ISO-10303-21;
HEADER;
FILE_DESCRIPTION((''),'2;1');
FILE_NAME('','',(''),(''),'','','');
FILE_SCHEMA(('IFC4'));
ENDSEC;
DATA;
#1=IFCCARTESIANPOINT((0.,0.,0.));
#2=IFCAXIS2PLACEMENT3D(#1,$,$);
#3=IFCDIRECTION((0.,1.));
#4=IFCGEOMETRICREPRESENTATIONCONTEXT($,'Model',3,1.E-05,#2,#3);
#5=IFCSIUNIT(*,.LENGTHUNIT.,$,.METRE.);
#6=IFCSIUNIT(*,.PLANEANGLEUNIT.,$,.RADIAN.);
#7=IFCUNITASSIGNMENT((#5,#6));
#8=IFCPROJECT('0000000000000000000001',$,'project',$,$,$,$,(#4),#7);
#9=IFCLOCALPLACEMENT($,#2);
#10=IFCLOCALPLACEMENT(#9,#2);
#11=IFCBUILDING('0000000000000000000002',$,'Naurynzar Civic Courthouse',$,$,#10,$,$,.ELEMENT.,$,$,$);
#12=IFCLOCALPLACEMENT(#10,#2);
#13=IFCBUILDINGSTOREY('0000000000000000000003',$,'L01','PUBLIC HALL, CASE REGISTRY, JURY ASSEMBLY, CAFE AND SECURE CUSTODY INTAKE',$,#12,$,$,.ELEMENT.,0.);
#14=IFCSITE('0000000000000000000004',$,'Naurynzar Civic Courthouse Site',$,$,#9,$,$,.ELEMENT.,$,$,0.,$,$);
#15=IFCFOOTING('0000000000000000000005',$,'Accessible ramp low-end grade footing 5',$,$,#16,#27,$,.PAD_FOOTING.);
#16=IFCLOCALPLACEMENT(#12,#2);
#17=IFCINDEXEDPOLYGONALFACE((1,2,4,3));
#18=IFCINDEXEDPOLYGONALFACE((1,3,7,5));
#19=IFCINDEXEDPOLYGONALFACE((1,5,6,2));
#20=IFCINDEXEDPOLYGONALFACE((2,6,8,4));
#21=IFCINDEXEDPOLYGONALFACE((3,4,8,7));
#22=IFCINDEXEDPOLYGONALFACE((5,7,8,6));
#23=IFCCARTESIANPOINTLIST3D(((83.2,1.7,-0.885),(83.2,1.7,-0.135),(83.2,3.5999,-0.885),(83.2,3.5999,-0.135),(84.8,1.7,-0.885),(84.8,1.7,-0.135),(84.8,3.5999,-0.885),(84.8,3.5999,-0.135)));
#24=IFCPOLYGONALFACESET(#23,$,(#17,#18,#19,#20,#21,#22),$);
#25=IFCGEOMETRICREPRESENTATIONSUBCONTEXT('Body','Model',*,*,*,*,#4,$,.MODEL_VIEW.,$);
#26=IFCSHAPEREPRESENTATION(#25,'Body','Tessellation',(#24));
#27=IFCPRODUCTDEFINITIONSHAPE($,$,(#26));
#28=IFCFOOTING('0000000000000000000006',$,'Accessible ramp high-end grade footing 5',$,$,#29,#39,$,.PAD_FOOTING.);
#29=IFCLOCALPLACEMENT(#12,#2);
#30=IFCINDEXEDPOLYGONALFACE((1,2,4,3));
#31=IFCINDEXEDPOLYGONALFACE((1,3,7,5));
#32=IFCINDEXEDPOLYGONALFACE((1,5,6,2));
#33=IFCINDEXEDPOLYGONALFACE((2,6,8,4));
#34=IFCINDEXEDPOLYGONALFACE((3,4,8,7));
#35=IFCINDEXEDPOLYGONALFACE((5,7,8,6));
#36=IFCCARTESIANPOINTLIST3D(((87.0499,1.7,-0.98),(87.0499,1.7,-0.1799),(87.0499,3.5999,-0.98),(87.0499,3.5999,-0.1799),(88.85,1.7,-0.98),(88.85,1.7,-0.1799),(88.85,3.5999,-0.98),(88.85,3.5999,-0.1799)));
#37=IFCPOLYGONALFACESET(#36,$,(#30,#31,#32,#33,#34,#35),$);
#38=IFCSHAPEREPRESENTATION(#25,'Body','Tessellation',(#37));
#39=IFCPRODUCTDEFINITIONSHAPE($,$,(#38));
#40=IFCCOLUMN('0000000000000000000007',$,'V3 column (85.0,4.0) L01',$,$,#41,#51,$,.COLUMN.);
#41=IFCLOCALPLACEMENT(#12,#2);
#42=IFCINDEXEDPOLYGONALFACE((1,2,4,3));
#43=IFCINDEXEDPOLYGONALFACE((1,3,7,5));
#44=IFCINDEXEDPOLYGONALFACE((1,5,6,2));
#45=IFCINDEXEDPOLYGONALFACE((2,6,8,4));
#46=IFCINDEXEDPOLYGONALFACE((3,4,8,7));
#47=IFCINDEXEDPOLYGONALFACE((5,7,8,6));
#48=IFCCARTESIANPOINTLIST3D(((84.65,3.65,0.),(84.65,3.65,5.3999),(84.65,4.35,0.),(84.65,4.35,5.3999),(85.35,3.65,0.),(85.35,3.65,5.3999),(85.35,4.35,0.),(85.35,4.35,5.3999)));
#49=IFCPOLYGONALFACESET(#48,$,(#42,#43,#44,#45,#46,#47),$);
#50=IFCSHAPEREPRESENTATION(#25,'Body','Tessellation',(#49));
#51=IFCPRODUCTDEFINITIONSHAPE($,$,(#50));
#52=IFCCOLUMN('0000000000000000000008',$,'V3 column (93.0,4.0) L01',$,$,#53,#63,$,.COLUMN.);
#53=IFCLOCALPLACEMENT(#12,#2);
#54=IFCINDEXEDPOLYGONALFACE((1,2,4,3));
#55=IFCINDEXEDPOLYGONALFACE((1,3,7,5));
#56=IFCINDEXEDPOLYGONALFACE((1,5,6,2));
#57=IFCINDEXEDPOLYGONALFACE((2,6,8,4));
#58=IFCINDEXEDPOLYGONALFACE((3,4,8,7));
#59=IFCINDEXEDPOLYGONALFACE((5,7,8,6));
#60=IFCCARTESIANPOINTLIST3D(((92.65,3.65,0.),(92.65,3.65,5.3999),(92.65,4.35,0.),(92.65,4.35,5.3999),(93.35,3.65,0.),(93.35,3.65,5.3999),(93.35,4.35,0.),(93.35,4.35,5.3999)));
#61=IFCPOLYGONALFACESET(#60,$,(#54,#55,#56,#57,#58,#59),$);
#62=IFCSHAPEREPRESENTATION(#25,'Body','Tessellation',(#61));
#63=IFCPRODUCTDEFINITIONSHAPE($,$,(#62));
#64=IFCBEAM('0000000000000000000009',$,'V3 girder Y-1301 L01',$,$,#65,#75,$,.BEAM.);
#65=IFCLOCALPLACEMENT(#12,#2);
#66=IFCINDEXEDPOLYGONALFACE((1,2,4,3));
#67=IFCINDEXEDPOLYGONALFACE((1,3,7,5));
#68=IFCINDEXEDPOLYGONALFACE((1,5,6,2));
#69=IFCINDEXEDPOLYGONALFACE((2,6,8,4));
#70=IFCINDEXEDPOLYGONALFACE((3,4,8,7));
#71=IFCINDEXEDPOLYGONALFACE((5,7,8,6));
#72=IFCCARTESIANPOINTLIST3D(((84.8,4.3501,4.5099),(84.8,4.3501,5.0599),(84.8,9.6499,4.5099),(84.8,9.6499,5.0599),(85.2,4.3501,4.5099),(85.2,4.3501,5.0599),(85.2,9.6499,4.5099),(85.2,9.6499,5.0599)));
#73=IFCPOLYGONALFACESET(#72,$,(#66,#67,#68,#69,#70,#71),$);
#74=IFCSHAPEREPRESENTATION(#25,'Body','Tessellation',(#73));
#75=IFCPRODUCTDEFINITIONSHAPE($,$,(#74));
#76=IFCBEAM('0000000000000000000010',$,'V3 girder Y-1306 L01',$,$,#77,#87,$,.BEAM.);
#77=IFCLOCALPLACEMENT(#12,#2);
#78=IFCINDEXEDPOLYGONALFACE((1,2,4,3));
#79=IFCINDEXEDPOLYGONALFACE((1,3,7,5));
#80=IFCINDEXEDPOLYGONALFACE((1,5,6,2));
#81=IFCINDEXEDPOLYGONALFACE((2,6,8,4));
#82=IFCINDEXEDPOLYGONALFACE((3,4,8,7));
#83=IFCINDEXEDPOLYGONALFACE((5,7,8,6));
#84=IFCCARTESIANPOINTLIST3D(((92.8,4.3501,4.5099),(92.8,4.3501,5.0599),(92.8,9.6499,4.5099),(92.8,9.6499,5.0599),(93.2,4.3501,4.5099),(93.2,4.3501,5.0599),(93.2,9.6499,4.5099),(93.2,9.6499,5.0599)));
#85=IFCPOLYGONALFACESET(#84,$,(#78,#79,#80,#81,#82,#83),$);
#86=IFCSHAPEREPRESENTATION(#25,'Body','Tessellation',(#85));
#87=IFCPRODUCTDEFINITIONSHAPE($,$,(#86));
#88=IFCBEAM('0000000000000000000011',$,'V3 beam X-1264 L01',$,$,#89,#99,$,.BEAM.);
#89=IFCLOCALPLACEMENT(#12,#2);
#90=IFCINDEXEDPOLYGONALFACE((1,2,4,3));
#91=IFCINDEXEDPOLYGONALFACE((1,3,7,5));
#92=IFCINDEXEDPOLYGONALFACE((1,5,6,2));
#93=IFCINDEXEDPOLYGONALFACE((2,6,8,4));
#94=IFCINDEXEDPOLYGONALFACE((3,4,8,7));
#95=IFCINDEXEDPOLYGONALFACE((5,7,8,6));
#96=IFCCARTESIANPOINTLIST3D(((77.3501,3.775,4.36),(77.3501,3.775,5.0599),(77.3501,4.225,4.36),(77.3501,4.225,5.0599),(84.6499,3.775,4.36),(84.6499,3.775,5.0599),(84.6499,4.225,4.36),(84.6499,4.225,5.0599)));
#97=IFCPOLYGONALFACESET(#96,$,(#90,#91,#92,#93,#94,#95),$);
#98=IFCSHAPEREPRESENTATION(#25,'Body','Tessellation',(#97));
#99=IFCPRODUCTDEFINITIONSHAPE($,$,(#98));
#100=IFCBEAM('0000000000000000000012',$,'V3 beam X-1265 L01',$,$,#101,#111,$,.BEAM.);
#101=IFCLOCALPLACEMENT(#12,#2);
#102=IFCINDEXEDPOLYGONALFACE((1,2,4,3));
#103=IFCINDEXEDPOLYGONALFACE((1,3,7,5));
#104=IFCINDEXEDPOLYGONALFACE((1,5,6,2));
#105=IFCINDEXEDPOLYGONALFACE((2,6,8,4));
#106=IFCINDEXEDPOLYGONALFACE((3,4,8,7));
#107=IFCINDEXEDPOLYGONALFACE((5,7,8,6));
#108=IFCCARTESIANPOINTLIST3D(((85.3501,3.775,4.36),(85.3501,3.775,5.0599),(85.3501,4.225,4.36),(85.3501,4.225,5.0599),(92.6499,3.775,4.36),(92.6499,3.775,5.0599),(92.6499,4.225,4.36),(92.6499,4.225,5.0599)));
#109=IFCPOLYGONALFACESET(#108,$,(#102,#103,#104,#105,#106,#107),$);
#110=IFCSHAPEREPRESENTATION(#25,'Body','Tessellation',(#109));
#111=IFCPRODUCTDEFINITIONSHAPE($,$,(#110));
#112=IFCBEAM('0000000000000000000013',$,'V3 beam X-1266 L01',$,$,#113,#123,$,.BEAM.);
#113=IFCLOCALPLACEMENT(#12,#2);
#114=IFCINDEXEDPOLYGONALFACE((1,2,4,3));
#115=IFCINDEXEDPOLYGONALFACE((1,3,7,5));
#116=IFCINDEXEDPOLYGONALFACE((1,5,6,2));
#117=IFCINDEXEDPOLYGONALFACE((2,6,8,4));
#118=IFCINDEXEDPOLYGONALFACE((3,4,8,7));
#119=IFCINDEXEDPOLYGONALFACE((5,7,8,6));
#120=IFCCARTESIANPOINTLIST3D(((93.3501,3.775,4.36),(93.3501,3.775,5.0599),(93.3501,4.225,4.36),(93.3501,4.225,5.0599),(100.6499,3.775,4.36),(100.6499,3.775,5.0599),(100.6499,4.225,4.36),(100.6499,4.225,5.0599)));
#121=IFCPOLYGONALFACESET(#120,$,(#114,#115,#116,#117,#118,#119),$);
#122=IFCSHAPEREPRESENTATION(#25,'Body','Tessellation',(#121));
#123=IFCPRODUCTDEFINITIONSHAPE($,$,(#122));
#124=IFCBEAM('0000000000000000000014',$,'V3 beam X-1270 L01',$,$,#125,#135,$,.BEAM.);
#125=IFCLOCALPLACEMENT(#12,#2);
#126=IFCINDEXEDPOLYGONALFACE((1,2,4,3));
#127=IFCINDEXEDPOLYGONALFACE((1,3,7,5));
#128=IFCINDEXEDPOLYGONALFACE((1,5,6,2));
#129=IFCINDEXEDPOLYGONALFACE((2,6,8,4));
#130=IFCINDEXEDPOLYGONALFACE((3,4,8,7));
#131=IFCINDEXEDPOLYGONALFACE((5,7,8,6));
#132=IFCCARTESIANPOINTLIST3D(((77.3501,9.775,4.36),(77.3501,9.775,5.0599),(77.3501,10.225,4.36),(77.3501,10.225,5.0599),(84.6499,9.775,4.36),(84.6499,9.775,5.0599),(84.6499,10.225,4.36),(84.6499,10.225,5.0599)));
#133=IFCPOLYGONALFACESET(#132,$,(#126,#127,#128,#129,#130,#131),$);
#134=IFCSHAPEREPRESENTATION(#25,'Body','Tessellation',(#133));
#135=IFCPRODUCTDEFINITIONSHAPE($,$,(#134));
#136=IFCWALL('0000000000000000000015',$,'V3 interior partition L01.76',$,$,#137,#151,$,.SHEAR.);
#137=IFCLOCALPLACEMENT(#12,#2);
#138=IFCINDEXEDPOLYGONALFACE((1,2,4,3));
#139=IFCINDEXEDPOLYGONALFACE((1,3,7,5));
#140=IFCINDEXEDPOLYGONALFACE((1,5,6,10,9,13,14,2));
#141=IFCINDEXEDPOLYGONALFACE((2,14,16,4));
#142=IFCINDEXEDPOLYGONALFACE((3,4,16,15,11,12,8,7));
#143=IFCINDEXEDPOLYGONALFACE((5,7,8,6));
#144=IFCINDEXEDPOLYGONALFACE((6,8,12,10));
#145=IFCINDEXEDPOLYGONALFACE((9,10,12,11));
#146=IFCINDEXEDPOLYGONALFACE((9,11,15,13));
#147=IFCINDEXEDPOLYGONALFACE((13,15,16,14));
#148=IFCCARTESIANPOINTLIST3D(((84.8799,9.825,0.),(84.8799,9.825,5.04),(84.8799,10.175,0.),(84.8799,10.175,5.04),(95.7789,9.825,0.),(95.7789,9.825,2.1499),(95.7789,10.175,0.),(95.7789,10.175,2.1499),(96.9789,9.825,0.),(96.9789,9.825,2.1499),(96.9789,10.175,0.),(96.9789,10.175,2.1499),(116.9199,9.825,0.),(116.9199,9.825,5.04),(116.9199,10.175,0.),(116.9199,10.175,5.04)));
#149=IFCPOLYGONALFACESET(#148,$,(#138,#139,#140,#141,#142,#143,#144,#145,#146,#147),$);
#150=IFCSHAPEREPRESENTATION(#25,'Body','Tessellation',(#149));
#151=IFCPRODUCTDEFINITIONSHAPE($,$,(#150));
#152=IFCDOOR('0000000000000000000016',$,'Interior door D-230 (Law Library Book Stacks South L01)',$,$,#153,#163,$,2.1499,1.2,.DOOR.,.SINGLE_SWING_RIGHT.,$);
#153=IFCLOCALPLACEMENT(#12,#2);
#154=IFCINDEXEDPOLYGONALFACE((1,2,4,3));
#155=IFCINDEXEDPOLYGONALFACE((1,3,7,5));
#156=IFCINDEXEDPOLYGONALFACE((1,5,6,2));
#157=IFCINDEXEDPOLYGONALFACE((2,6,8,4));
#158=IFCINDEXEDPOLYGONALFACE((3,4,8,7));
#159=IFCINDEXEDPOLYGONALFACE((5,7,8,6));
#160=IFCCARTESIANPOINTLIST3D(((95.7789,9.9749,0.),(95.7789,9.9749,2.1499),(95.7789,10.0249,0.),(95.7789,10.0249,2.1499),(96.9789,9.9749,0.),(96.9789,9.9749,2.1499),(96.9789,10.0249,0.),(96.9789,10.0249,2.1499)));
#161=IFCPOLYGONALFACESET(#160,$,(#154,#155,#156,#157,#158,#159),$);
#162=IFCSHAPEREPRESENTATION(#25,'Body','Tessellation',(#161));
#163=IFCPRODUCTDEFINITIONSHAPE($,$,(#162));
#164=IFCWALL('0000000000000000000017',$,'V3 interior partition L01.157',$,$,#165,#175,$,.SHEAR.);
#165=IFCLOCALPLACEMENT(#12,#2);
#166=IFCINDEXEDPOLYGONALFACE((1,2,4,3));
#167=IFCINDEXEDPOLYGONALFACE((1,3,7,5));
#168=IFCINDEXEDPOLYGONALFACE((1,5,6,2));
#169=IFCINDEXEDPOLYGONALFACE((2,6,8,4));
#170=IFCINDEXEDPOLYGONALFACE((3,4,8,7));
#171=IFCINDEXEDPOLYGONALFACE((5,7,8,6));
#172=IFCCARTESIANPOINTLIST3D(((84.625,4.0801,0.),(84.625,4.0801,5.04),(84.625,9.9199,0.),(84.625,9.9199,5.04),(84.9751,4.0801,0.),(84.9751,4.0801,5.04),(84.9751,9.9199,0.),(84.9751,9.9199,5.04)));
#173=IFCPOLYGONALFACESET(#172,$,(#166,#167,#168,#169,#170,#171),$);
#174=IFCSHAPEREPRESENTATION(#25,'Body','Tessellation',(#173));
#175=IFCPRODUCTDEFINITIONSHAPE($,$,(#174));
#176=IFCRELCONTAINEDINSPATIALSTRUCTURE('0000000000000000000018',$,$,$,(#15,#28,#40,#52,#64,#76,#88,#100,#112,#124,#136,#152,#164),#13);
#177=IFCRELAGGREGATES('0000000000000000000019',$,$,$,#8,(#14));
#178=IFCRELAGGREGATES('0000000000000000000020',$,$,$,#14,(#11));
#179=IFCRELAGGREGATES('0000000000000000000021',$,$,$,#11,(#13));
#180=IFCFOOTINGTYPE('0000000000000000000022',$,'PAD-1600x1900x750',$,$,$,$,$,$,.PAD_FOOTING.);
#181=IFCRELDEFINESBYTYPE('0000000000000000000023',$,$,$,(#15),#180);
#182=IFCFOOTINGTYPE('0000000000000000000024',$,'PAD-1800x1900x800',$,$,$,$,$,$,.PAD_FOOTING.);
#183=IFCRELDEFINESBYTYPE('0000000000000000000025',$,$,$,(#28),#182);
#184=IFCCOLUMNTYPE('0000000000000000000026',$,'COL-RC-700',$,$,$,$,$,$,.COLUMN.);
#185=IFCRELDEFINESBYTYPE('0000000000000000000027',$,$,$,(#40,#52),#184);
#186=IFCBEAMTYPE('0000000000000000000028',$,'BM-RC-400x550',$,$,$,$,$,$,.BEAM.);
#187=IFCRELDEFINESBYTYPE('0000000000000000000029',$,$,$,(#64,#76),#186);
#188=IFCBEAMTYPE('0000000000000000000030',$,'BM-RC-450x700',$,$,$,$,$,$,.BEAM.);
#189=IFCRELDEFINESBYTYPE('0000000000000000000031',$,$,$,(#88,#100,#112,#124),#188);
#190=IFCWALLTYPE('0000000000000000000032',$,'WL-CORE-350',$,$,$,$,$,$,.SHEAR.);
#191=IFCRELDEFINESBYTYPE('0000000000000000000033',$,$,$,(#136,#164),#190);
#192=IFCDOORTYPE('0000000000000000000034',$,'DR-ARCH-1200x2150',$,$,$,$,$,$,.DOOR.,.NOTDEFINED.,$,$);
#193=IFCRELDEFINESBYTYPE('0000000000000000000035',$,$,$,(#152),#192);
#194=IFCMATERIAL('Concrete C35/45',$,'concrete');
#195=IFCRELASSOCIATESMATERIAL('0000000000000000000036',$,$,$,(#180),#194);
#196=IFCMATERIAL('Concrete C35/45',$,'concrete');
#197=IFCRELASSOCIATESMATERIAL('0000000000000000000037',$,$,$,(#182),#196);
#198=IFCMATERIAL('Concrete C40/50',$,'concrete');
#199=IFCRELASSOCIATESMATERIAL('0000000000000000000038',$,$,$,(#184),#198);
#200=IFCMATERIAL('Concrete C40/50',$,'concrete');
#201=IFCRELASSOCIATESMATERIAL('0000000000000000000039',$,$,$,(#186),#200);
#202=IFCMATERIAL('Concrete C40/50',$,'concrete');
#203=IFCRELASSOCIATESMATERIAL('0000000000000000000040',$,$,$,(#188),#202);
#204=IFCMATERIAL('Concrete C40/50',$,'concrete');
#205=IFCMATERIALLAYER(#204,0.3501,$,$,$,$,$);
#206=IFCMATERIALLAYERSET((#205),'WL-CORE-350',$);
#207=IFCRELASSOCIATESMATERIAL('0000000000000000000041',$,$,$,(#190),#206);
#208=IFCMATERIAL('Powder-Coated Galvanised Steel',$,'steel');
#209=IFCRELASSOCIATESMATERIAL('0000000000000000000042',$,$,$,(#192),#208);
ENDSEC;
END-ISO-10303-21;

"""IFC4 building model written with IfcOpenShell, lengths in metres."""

from ifc_helpers import new_model, si_unit, direction, frame, frame_2d, origin, origin_2d, place, context, subcontext, project, spatial, rectangle, extrude, material, layer, layer_set, material_profile, profile_set, type_object, element, fill, save


model = new_model("IFC4")

# Units and contexts
model_context = context("Model", 3, precision=1e-05, world=origin(), true_north=direction((0.0, 1.0)))
body_context = subcontext(model_context, "Body", "Model", "MODEL_VIEW")
ifc_project = project(units=[si_unit("LENGTHUNIT", "METRE"), si_unit("PLANEANGLEUNIT", "RADIAN")], contexts=[model_context])

# Site, building, storey
site_placement = place(None, origin())
site = spatial("IfcSite", under=ifc_project, at=site_placement, Name="Naurynzar Civic Courthouse Site", CompositionType="ELEMENT", RefElevation=0.0)
building_placement = place(site_placement, origin())
building = spatial("IfcBuilding", under=site, at=building_placement, Name="Naurynzar Civic Courthouse", CompositionType="ELEMENT")
storey_placement = place(building_placement, origin())
storey = spatial("IfcBuildingStorey", under=building, at=storey_placement, Name="L01", Description="PUBLIC HALL, CASE REGISTRY, JURY ASSEMBLY, CAFE AND SECURE CUSTODY INTAKE", CompositionType="ELEMENT", Elevation=0.0)

# Footings
ifc_material_1 = material(Name="Concrete C35/45", Category="concrete")
footing_type_1 = type_object("IfcFootingType", Name="PAD-1600x1900x750", PredefinedType="PAD_FOOTING", material=ifc_material_1)
footing_1_placement = place(storey_placement, frame((84.0, 2.6499, -0.885), z_axis=(0.0, 0.0, 1.0), x_axis=(1.0, 0.0, 0.0)))
element("IfcFooting", 1, at=footing_1_placement, inside=storey, type_object=footing_type_1, Name="Accessible ramp low-end grade footing 5", PredefinedType="PAD_FOOTING", context=body_context, shape_type="SweptSolid", body=[
    extrude(rectangle(XDim=1.6001, YDim=1.8999, at=origin_2d()), origin(), (0.0, 0.0, 1.0), 0.75),
])
ifc_material_2 = material(Name="Concrete C35/45", Category="concrete")
footing_type_2 = type_object("IfcFootingType", Name="PAD-1800x1900x800", PredefinedType="PAD_FOOTING", material=ifc_material_2)
footing_2_placement = place(storey_placement, frame((87.95, 2.6499, -0.98), z_axis=(0.0, 0.0, 1.0), x_axis=(1.0, 0.0, 0.0)))
element("IfcFooting", 2, at=footing_2_placement, inside=storey, type_object=footing_type_2, Name="Accessible ramp high-end grade footing 5", PredefinedType="PAD_FOOTING", context=body_context, shape_type="SweptSolid", body=[
    extrude(rectangle(XDim=1.8, YDim=1.8999, at=origin_2d()), origin(), (0.0, 0.0, 1.0), 0.8),
])

# Columns
ifc_material_3 = material(Name="Concrete C40/50", Category="concrete")
ifc_material_profile_1 = material_profile(ifc_material_3, rectangle(XDim=0.7, YDim=0.7, at=origin_2d()), Name="RC 700x700")
ifc_profile_set_1 = profile_set([ifc_material_profile_1], Name="Concrete C40/50")
column_type = type_object("IfcColumnType", Name="COL-RC-700", PredefinedType="COLUMN", material=ifc_profile_set_1)
for number, where, z_axis, x_axis, name in (
    (3, (85.0, 4.0, 0.0), (0.0, 0.0, 1.0), (1.0, 0.0, 0.0), "V3 column (85.0,4.0) L01"),
    (4, (93.0, 4.0, 0.0), (0.0, 0.0, 1.0), (1.0, 0.0, 0.0), "V3 column (93.0,4.0) L01"),
):
    element("IfcColumn", number, at=place(storey_placement, frame(where, z_axis=z_axis, x_axis=x_axis)), inside=storey, type_object=column_type, Name=name, PredefinedType="COLUMN", context=body_context, shape_type="SweptSolid", body=[
        extrude(rectangle(XDim=0.7, YDim=0.7, at=origin_2d()), origin(), (0.0, 0.0, 1.0), 5.3999),
    ])

# Beams
ifc_material_4 = material(Name="Concrete C40/50", Category="concrete")
ifc_material_profile_2 = material_profile(ifc_material_4, rectangle(XDim=0.3999, YDim=0.55, at=origin_2d()), Name="RCB 400x550")
ifc_profile_set_2 = profile_set([ifc_material_profile_2], Name="Concrete C40/50")
beam_type_1 = type_object("IfcBeamType", Name="BM-RC-400x550", PredefinedType="BEAM", material=ifc_profile_set_2)
for number, where, z_axis, x_axis, name in (
    (5, (85.0, 4.3501, 4.7849), (0.0, 1.0, 0.0), (-1.0, 0.0, 0.0), "V3 girder Y-1301 L01"),
    (6, (93.0, 4.3501, 4.7849), (0.0, 1.0, 0.0), (-1.0, 0.0, 0.0), "V3 girder Y-1306 L01"),
):
    element("IfcBeam", number, at=place(storey_placement, frame(where, z_axis=z_axis, x_axis=x_axis)), inside=storey, type_object=beam_type_1, Name=name, PredefinedType="BEAM", context=body_context, shape_type="SweptSolid", body=[
        extrude(rectangle(XDim=0.3999, YDim=0.55, at=origin_2d()), origin(), (0.0, 0.0, 1.0), 5.2998),
    ])
ifc_material_5 = material(Name="Concrete C40/50", Category="concrete")
ifc_material_profile_3 = material_profile(ifc_material_5, rectangle(XDim=0.45, YDim=0.7, at=origin_2d()), Name="RCB 450x700")
ifc_profile_set_3 = profile_set([ifc_material_profile_3], Name="Concrete C40/50")
beam_type_2 = type_object("IfcBeamType", Name="BM-RC-450x700", PredefinedType="BEAM", material=ifc_profile_set_3)
for number, where, z_axis, x_axis, name in (
    (7, (77.3501, 4.0, 4.71), (1.0, 0.0, 0.0), (0.0, 1.0, 0.0), "V3 beam X-1264 L01"),
    (8, (85.3501, 4.0, 4.71), (1.0, 0.0, 0.0), (0.0, 1.0, 0.0), "V3 beam X-1265 L01"),
    (9, (93.3501, 4.0, 4.71), (1.0, 0.0, 0.0), (0.0, 1.0, 0.0), "V3 beam X-1266 L01"),
    (10, (77.3501, 10.0, 4.71), (1.0, 0.0, 0.0), (0.0, 1.0, 0.0), "V3 beam X-1270 L01"),
):
    element("IfcBeam", number, at=place(storey_placement, frame(where, z_axis=z_axis, x_axis=x_axis)), inside=storey, type_object=beam_type_2, Name=name, PredefinedType="BEAM", context=body_context, shape_type="SweptSolid", body=[
        extrude(rectangle(XDim=0.45, YDim=0.7, at=origin_2d()), origin(), (0.0, 0.0, 1.0), 7.2998),
    ])

# Wall, opening, door
ifc_material_6 = material(Name="Concrete C40/50", Category="concrete")
ifc_layer_1 = layer(ifc_material_6, 0.3501)
ifc_layer_set_1 = layer_set([ifc_layer_1], Name="WL-CORE-350")
wall_type_1 = type_object("IfcWallType", Name="WL-CORE-350", PredefinedType="SHEAR", material=ifc_layer_set_1)
wall_1_placement = place(storey_placement, frame((84.8799, 10.0, 0.0), z_axis=(0.0, 0.0, 1.0), x_axis=(1.0, 0.0, 0.0)))
wall_1 = element("IfcWall", 11, at=wall_1_placement, inside=storey, type_object=wall_type_1, Name="V3 interior partition L01.76", PredefinedType="SHEAR", context=body_context, shape_type="SweptSolid", body=[
    extrude(rectangle(XDim=32.04, YDim=0.3501, at=frame_2d((16.02, 0.0))), origin(), (0.0, 0.0, 1.0), 5.04),
])
opening_1_placement = place(wall_1_placement, frame((10.8989, 0.0, 0.0)))
opening_1 = element("IfcOpeningElement", 12, at=opening_1_placement, cuts=wall_1, PredefinedType="OPENING", context=body_context, shape_type="SweptSolid", body=[
    extrude(rectangle(XDim=1.2, YDim=2.1499, at=frame_2d((0.6001, 1.075))), frame((0.0, 0.1851, 0.0), z_axis=(0.0, -1.0, 0.0), x_axis=(1.0, 0.0, 0.0)), (0.0, 0.0, 1.0), 0.3701),
])
ifc_material_7 = material(Name="Powder-Coated Galvanised Steel", Category="steel")
door_type_1 = type_object("IfcDoorType", Name="DR-ARCH-1200x2150", OperationType="NOTDEFINED", PredefinedType="DOOR", material=ifc_material_7)
door_1_placement = place(opening_1_placement, origin())
door_1 = element("IfcDoor", 13, at=door_1_placement, inside=storey, type_object=door_type_1, Name="Interior door D-230 (Law Library Book Stacks South L01)", OperationType="SINGLE_SWING_RIGHT", OverallHeight=2.1499, OverallWidth=1.2, PredefinedType="DOOR", context=body_context, shape_type="SweptSolid", body=[
    extrude(rectangle(XDim=1.2, YDim=2.1499, at=frame_2d((0.6001, 1.075))), frame((0.0, 0.0249, 0.0), z_axis=(0.0, -1.0, 0.0), x_axis=(1.0, 0.0, 0.0)), (0.0, 0.0, 1.0), 0.05),
])
fill(opening_1, door_1)

# Wall
wall_2_placement = place(storey_placement, frame((84.8, 4.0801, 0.0), z_axis=(0.0, 0.0, 1.0), x_axis=(0.0, 1.0, 0.0)))
element("IfcWall", 14, at=wall_2_placement, inside=storey, type_object=wall_type_1, Name="V3 interior partition L01.157", PredefinedType="SHEAR", context=body_context, shape_type="SweptSolid", body=[
    extrude(rectangle(XDim=5.8398, YDim=0.3501, at=frame_2d((2.9199, 0.0))), origin(), (0.0, 0.0, 1.0), 5.04),
])

save(model, "model.ifc")
